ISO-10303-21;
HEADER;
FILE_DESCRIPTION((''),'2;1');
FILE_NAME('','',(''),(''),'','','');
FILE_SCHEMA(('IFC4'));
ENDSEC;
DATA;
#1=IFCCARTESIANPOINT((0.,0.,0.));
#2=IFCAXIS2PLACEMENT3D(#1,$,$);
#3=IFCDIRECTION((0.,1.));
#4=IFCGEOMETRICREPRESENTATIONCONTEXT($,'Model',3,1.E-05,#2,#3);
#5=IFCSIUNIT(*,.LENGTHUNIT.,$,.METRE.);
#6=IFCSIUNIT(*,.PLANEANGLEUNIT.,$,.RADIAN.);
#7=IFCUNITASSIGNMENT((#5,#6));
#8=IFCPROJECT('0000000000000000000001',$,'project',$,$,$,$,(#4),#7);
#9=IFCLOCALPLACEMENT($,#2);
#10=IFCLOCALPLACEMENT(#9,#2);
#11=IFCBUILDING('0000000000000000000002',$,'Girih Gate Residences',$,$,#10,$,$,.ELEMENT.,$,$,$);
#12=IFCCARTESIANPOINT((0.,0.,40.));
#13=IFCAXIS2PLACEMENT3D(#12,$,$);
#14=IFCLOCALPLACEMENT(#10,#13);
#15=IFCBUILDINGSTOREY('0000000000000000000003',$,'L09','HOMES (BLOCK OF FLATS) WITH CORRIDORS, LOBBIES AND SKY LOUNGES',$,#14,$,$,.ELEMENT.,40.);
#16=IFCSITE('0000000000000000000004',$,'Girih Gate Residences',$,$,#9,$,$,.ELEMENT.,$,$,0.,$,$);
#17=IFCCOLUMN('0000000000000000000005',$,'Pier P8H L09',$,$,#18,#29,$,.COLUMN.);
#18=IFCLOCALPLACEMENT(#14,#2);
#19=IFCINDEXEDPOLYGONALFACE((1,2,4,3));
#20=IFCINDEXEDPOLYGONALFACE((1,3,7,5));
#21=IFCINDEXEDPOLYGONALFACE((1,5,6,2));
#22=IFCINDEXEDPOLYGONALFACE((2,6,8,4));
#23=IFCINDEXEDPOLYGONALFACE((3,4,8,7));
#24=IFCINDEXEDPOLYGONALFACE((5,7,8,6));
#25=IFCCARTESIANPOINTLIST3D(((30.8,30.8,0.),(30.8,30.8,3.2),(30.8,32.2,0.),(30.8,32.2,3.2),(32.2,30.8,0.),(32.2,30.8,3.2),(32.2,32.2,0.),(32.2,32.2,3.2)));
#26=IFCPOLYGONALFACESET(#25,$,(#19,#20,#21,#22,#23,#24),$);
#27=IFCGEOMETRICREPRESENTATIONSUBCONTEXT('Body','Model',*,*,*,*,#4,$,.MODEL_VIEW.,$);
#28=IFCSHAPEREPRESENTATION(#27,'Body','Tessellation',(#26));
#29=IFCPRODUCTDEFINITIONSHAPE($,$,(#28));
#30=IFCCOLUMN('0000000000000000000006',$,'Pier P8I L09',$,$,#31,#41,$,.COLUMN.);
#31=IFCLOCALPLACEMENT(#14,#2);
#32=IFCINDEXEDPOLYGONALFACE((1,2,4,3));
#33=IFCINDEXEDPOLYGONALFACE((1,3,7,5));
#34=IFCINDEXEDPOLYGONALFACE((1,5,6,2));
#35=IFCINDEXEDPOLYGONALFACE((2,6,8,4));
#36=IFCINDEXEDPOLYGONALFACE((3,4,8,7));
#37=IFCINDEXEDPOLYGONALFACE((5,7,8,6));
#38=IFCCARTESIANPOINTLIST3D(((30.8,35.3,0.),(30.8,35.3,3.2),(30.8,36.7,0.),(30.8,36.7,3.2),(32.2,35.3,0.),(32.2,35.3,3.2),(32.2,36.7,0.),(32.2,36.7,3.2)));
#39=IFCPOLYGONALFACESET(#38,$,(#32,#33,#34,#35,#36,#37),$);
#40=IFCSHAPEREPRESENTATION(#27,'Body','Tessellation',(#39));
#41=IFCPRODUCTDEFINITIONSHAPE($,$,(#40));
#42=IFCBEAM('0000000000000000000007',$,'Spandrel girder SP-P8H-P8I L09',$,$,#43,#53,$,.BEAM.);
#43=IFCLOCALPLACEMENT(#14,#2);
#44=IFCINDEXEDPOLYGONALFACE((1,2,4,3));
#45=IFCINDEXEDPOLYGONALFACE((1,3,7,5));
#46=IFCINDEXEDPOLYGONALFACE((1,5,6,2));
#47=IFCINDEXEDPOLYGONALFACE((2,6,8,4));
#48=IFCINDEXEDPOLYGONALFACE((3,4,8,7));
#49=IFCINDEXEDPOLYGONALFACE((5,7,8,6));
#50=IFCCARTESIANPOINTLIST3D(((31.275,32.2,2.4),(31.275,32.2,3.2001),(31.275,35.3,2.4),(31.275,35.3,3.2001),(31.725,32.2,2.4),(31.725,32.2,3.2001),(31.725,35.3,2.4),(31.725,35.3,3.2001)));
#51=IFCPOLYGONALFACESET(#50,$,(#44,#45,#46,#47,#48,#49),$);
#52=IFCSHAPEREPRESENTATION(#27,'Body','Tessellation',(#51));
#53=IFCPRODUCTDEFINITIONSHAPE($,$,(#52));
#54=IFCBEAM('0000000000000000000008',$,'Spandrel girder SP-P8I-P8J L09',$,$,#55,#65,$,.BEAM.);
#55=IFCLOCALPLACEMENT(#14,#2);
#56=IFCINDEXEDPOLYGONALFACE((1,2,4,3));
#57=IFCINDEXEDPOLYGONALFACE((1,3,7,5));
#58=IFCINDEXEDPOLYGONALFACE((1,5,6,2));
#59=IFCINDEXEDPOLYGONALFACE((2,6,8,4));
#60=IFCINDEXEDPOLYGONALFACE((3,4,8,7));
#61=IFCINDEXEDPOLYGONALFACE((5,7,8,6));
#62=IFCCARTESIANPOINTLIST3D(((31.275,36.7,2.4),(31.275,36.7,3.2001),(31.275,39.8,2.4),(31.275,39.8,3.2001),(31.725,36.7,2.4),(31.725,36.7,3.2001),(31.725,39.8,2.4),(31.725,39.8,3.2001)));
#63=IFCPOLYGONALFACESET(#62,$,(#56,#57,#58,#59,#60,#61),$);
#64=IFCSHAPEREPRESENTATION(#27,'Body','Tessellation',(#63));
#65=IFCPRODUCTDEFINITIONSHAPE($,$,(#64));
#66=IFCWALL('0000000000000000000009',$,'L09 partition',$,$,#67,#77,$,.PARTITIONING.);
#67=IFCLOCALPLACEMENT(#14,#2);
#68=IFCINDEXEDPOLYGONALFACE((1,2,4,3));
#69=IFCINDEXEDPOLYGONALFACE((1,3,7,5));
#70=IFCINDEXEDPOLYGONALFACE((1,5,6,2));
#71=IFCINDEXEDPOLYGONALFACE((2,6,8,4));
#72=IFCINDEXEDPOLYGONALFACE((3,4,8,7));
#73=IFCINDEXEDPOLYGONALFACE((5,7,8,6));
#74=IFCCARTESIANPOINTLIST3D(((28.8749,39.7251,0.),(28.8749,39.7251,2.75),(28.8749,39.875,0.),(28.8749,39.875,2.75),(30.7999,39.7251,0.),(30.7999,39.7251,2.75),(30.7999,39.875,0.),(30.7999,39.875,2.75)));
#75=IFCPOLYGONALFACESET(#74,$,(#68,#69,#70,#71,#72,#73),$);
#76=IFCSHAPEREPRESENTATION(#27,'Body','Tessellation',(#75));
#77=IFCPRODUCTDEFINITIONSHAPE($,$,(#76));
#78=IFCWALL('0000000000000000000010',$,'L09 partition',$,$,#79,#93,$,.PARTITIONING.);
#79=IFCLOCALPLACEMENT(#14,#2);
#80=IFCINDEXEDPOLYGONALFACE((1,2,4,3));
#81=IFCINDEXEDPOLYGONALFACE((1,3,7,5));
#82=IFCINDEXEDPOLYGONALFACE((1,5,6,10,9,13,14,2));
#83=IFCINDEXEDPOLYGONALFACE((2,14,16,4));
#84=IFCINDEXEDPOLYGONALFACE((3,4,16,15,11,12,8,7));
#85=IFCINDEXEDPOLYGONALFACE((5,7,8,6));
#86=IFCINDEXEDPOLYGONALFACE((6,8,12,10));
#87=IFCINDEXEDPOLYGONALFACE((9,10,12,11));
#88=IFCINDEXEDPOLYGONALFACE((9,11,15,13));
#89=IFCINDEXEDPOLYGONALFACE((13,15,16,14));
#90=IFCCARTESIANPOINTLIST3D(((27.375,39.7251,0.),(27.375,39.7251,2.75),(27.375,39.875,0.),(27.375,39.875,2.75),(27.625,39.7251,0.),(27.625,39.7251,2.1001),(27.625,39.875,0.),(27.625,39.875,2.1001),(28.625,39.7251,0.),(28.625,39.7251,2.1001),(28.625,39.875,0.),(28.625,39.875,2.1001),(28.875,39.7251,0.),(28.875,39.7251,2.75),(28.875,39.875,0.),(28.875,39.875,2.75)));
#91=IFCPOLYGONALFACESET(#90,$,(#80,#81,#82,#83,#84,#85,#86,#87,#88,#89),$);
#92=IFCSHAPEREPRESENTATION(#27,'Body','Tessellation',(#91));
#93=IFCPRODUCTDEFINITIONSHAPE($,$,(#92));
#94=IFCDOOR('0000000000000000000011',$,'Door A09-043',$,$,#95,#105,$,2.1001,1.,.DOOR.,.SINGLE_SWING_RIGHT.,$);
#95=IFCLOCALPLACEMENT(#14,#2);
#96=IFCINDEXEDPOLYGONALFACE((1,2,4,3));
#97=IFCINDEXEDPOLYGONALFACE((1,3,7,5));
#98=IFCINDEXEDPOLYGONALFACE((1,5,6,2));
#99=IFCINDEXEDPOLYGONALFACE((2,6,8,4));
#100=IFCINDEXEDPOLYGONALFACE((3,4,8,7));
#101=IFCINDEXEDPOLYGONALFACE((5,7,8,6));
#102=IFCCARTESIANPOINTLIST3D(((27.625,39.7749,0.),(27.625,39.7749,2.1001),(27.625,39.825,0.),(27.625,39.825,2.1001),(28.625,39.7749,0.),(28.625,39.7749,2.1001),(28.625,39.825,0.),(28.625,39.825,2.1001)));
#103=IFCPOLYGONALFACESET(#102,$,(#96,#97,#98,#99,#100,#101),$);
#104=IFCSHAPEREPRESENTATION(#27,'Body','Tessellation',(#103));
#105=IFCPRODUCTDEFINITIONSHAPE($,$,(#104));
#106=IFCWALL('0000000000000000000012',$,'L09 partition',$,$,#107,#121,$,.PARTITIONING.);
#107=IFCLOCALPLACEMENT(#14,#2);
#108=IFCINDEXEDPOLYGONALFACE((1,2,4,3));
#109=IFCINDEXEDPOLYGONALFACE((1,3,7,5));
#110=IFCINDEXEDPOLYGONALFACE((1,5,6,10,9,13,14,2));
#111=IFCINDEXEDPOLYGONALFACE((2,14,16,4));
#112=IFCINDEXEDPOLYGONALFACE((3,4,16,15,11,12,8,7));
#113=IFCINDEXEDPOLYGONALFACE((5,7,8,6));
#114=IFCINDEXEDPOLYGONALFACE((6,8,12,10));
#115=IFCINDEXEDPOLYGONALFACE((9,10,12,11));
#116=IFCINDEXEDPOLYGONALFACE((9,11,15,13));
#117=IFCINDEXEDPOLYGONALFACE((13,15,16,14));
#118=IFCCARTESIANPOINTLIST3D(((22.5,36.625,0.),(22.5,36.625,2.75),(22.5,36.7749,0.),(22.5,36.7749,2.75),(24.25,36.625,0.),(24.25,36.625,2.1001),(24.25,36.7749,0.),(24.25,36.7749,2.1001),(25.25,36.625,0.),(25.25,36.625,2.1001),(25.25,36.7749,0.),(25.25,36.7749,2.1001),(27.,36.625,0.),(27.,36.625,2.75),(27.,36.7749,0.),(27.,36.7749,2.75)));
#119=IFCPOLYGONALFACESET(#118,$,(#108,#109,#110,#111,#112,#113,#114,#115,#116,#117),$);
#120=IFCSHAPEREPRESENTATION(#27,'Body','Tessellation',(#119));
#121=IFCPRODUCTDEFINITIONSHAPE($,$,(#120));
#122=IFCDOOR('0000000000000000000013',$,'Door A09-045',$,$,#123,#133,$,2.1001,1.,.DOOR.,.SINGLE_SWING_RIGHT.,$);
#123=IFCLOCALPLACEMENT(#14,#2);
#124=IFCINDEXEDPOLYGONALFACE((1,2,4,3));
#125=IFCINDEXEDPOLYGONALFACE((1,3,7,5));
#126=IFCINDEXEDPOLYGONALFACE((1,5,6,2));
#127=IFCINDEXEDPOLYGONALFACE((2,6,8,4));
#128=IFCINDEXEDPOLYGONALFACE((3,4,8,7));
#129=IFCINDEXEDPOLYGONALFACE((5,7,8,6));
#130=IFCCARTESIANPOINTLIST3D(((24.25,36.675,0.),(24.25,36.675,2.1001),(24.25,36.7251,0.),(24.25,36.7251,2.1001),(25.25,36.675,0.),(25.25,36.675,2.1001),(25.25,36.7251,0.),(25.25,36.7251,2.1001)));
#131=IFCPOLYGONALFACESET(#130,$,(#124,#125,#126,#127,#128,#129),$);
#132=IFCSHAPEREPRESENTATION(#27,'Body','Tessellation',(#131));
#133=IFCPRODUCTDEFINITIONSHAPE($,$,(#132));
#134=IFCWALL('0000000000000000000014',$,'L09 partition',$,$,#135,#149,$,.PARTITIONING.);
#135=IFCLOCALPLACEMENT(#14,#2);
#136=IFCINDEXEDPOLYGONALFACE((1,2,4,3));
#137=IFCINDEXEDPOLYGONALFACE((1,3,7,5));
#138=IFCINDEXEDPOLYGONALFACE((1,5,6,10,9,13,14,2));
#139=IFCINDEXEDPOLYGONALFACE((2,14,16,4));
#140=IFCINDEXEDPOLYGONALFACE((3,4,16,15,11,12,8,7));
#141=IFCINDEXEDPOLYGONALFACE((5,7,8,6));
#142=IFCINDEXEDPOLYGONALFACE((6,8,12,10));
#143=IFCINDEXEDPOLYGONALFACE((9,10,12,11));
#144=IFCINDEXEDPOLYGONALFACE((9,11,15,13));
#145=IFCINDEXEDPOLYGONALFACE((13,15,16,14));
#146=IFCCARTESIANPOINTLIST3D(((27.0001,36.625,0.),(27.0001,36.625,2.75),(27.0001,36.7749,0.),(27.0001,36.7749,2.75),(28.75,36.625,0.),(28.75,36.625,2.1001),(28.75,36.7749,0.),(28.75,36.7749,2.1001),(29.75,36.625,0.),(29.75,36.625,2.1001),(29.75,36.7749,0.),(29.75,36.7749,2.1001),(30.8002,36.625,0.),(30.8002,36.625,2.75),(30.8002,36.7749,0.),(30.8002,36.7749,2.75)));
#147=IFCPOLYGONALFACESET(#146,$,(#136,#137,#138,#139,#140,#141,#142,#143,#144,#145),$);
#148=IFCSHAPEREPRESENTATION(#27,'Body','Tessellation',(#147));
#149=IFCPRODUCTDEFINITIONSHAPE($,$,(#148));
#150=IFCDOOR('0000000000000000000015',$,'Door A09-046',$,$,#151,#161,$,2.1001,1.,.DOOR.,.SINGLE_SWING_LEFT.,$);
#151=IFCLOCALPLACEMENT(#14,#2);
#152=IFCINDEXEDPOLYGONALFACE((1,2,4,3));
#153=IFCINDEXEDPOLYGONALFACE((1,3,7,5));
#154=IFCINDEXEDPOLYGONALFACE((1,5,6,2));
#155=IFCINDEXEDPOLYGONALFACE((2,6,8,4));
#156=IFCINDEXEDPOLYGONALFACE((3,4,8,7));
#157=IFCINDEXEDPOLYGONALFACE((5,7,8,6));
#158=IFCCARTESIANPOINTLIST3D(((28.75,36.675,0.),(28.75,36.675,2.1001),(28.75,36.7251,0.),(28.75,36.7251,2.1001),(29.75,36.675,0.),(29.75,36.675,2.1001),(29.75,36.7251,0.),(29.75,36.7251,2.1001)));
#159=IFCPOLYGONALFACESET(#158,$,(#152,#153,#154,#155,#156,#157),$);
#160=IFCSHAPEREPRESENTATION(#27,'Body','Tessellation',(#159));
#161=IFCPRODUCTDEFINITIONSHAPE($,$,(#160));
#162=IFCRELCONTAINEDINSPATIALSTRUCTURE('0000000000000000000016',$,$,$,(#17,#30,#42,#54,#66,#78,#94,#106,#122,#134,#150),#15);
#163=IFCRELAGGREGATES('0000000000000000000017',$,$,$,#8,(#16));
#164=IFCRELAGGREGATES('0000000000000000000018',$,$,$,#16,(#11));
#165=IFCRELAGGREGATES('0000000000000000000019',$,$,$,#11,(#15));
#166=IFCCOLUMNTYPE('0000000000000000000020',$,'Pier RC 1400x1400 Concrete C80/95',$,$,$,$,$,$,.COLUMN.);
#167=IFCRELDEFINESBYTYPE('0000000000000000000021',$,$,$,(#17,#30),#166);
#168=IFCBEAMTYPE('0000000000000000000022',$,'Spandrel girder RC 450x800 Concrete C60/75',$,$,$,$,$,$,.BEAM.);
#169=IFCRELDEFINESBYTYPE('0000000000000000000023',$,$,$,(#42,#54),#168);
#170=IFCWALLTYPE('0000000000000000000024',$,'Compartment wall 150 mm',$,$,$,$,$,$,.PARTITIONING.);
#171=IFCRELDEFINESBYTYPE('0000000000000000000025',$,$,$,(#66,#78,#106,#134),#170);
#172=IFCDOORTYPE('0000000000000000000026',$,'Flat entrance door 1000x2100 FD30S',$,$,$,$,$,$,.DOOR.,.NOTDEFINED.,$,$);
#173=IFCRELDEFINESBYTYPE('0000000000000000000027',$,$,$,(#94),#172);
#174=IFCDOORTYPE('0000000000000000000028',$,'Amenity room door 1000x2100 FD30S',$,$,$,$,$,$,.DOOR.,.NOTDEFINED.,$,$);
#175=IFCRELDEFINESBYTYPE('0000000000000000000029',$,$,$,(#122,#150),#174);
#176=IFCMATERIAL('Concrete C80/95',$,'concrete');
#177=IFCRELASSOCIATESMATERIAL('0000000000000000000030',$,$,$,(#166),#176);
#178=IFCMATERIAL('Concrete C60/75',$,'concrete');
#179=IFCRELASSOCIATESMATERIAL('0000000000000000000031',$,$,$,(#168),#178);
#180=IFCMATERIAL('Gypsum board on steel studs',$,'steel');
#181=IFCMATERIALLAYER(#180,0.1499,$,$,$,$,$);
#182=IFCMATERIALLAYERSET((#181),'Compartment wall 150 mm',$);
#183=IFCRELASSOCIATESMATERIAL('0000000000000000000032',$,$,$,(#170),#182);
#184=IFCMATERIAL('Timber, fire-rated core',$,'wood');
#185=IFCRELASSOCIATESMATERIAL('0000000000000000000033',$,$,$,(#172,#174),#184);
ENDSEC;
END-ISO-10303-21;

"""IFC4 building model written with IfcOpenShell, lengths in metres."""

from ifc_helpers import new_model, si_unit, direction, frame, frame_2d, origin, origin_2d, place, context, subcontext, project, spatial, rectangle, extrude, material, layer, layer_set, material_profile, profile_set, type_object, element, fill, save


model = new_model("IFC4")

# Units and contexts
model_context = context("Model", 3, precision=1e-05, world=origin(), true_north=direction((0.0, 1.0)))
body_context = subcontext(model_context, "Body", "Model", "MODEL_VIEW")
ifc_project = project(units=[si_unit("LENGTHUNIT", "METRE"), si_unit("PLANEANGLEUNIT", "RADIAN")], contexts=[model_context])

# Site, building, storey
site_placement = place(None, origin())
site = spatial("IfcSite", under=ifc_project, at=site_placement, Name="Girih Gate Residences", CompositionType="ELEMENT", RefElevation=0.0)
building_placement = place(site_placement, origin())
building = spatial("IfcBuilding", under=site, at=building_placement, Name="Girih Gate Residences", CompositionType="ELEMENT")
storey_placement = place(building_placement, frame((0.0, 0.0, 40.0)))
storey = spatial("IfcBuildingStorey", under=building, at=storey_placement, Name="L09", Description="HOMES (BLOCK OF FLATS) WITH CORRIDORS, LOBBIES AND SKY LOUNGES", CompositionType="ELEMENT", Elevation=40.0)

# Columns
ifc_material_1 = material(Name="Concrete C80/95", Category="concrete")
ifc_material_profile_1 = material_profile(ifc_material_1, rectangle(XDim=1.3999, YDim=1.3999, at=origin_2d()))
ifc_profile_set_1 = profile_set([ifc_material_profile_1], Name="Concrete C80/95")
column_type = type_object("IfcColumnType", Name="Pier RC 1400x1400 Concrete C80/95", PredefinedType="COLUMN", material=ifc_profile_set_1)
for number, where, z_axis, x_axis, name in (
    (1, (31.5, 31.5, 0.0), (0.0, 0.0, 1.0), (1.0, 0.0, 0.0), "Pier P8H L09"),
    (2, (31.5, 36.0, 0.0), (0.0, 0.0, 1.0), (1.0, 0.0, 0.0), "Pier P8I L09"),
):
    element("IfcColumn", number, at=place(storey_placement, frame(where, z_axis=z_axis, x_axis=x_axis)), inside=storey, type_object=column_type, Name=name, PredefinedType="COLUMN", context=body_context, shape_type="SweptSolid", body=[
        extrude(rectangle(XDim=1.3999, YDim=1.3999, at=origin_2d()), origin(), (0.0, 0.0, 1.0), 3.2),
    ])

# Beams
ifc_material_2 = material(Name="Concrete C60/75", Category="concrete")
ifc_material_profile_2 = material_profile(ifc_material_2, rectangle(XDim=0.45, YDim=0.8, at=origin_2d()))
ifc_profile_set_2 = profile_set([ifc_material_profile_2], Name="Concrete C60/75")
beam_type = type_object("IfcBeamType", Name="Spandrel girder RC 450x800 Concrete C60/75", PredefinedType="BEAM", material=ifc_profile_set_2)
for number, where, z_axis, x_axis, name in (
    (3, (31.5, 32.2, 2.8), (0.0, 1.0, 0.0), (-1.0, 0.0, 0.0), "Spandrel girder SP-P8H-P8I L09"),
    (4, (31.5, 36.7, 2.8), (0.0, 1.0, 0.0), (-1.0, 0.0, 0.0), "Spandrel girder SP-P8I-P8J L09"),
):
    element("IfcBeam", number, at=place(storey_placement, frame(where, z_axis=z_axis, x_axis=x_axis)), inside=storey, type_object=beam_type, Name=name, PredefinedType="BEAM", context=body_context, shape_type="SweptSolid", body=[
        extrude(rectangle(XDim=0.45, YDim=0.8, at=origin_2d()), origin(), (0.0, 0.0, 1.0), 3.1001),
    ])

# Wall
ifc_material_3 = material(Name="Gypsum board on steel studs", Category="steel")
ifc_layer_1 = layer(ifc_material_3, 0.1499)
ifc_layer_set_1 = layer_set([ifc_layer_1], Name="Compartment wall 150 mm")
wall_type_1 = type_object("IfcWallType", Name="Compartment wall 150 mm", PredefinedType="PARTITIONING", material=ifc_layer_set_1)
wall_1_placement = place(storey_placement, frame((28.875, 39.8, 0.0), z_axis=(0.0, 0.0, 1.0), x_axis=(1.0, 0.0, 0.0)))
element("IfcWall", 5, at=wall_1_placement, inside=storey, type_object=wall_type_1, Name="L09 partition", PredefinedType="PARTITIONING", context=body_context, shape_type="SweptSolid", body=[
    extrude(rectangle(XDim=1.925, YDim=0.1499, at=frame_2d((0.9624, 0.0))), origin(), (0.0, 0.0, 1.0), 2.75),
])

# Walls, openings, doors
wall_2_placement = place(storey_placement, frame((27.375, 39.8, 0.0), z_axis=(0.0, 0.0, 1.0), x_axis=(1.0, 0.0, 0.0)))
wall_2 = element("IfcWall", 6, at=wall_2_placement, inside=storey, type_object=wall_type_1, Name="L09 partition", PredefinedType="PARTITIONING", context=body_context, shape_type="SweptSolid", body=[
    extrude(rectangle(XDim=1.5, YDim=0.1499, at=frame_2d((0.75, 0.0))), origin(), (0.0, 0.0, 1.0), 2.75),
])
opening_1_placement = place(wall_2_placement, frame((0.25, 0.0, 0.0)))
opening_1 = element("IfcOpeningElement", 7, at=opening_1_placement, cuts=wall_2, PredefinedType="OPENING", context=body_context, shape_type="SweptSolid", body=[
    extrude(rectangle(XDim=1.0, YDim=2.1001, at=frame_2d((0.5, 1.05))), frame((0.0, 0.085, 0.0), z_axis=(0.0, -1.0, 0.0), x_axis=(1.0, 0.0, 0.0)), (0.0, 0.0, 1.0), 0.1699),
])
ifc_material_4 = material(Name="Timber, fire-rated core", Category="wood")
door_type_1 = type_object("IfcDoorType", Name="Flat entrance door 1000x2100 FD30S", OperationType="NOTDEFINED", PredefinedType="DOOR", material=ifc_material_4)
door_1_placement = place(opening_1_placement, origin())
door_1 = element("IfcDoor", 8, at=door_1_placement, inside=storey, type_object=door_type_1, Name="Door A09-043", OperationType="SINGLE_SWING_RIGHT", OverallHeight=2.1001, OverallWidth=1.0, PredefinedType="DOOR", context=body_context, shape_type="SweptSolid", body=[
    extrude(rectangle(XDim=1.0, YDim=2.1001, at=frame_2d((0.5, 1.05))), frame((0.0, 0.0249, 0.0), z_axis=(0.0, -1.0, 0.0), x_axis=(1.0, 0.0, 0.0)), (0.0, 0.0, 1.0), 0.05),
])
fill(opening_1, door_1)
wall_3_placement = place(storey_placement, frame((27.0, 36.7, 0.0), z_axis=(0.0, 0.0, 1.0), x_axis=(-1.0, 0.0, 0.0)))
wall_3 = element("IfcWall", 9, at=wall_3_placement, inside=storey, type_object=wall_type_1, Name="L09 partition", PredefinedType="PARTITIONING", context=body_context, shape_type="SweptSolid", body=[
    extrude(rectangle(XDim=4.5, YDim=0.1499, at=frame_2d((2.25, 0.0))), origin(), (0.0, 0.0, 1.0), 2.75),
])
opening_2_placement = place(wall_3_placement, frame((1.75, 0.0, 0.0)))
opening_2 = element("IfcOpeningElement", 10, at=opening_2_placement, cuts=wall_3, PredefinedType="OPENING", context=body_context, shape_type="SweptSolid", body=[
    extrude(rectangle(XDim=1.0, YDim=2.1001, at=frame_2d((0.5, 1.05))), frame((0.0, 0.085, 0.0), z_axis=(0.0, -1.0, 0.0), x_axis=(1.0, 0.0, 0.0)), (0.0, 0.0, 1.0), 0.1699),
])
door_type_2 = type_object("IfcDoorType", Name="Amenity room door 1000x2100 FD30S", OperationType="NOTDEFINED", PredefinedType="DOOR", material=ifc_material_4)
door_2_placement = place(opening_2_placement, origin())
door_2 = element("IfcDoor", 11, at=door_2_placement, inside=storey, type_object=door_type_2, Name="Door A09-045", OperationType="SINGLE_SWING_RIGHT", OverallHeight=2.1001, OverallWidth=1.0, PredefinedType="DOOR", context=body_context, shape_type="SweptSolid", body=[
    extrude(rectangle(XDim=1.0, YDim=2.1001, at=frame_2d((0.5, 1.05))), frame((0.0, 0.0249, 0.0), z_axis=(0.0, -1.0, 0.0), x_axis=(1.0, 0.0, 0.0)), (0.0, 0.0, 1.0), 0.05),
])
fill(opening_2, door_2)
wall_4_placement = place(storey_placement, frame((30.8, 36.7, 0.0), z_axis=(0.0, 0.0, 1.0), x_axis=(-1.0, 0.0, 0.0)))
wall_4 = element("IfcWall", 12, at=wall_4_placement, inside=storey, type_object=wall_type_1, Name="L09 partition", PredefinedType="PARTITIONING", context=body_context, shape_type="SweptSolid", body=[
    extrude(rectangle(XDim=3.8, YDim=0.1499, at=frame_2d((1.8999, 0.0))), origin(), (0.0, 0.0, 1.0), 2.75),
])
opening_3_placement = place(wall_4_placement, frame((1.05, 0.0, 0.0)))
opening_3 = element("IfcOpeningElement", 13, at=opening_3_placement, cuts=wall_4, PredefinedType="OPENING", context=body_context, shape_type="SweptSolid", body=[
    extrude(rectangle(XDim=1.0, YDim=2.1001, at=frame_2d((0.5, 1.05))), frame((0.0, 0.085, 0.0), z_axis=(0.0, -1.0, 0.0), x_axis=(1.0, 0.0, 0.0)), (0.0, 0.0, 1.0), 0.1699),
])
door_3_placement = place(opening_3_placement, origin())
door_3 = element("IfcDoor", 14, at=door_3_placement, inside=storey, type_object=door_type_2, Name="Door A09-046", OperationType="SINGLE_SWING_LEFT", OverallHeight=2.1001, OverallWidth=1.0, PredefinedType="DOOR", context=body_context, shape_type="SweptSolid", body=[
    extrude(rectangle(XDim=1.0, YDim=2.1001, at=frame_2d((0.5, 1.05))), frame((0.0, 0.0249, 0.0), z_axis=(0.0, -1.0, 0.0), x_axis=(1.0, 0.0, 0.0)), (0.0, 0.0, 1.0), 0.05),
])
fill(opening_3, door_3)

save(model, "model.ifc")
